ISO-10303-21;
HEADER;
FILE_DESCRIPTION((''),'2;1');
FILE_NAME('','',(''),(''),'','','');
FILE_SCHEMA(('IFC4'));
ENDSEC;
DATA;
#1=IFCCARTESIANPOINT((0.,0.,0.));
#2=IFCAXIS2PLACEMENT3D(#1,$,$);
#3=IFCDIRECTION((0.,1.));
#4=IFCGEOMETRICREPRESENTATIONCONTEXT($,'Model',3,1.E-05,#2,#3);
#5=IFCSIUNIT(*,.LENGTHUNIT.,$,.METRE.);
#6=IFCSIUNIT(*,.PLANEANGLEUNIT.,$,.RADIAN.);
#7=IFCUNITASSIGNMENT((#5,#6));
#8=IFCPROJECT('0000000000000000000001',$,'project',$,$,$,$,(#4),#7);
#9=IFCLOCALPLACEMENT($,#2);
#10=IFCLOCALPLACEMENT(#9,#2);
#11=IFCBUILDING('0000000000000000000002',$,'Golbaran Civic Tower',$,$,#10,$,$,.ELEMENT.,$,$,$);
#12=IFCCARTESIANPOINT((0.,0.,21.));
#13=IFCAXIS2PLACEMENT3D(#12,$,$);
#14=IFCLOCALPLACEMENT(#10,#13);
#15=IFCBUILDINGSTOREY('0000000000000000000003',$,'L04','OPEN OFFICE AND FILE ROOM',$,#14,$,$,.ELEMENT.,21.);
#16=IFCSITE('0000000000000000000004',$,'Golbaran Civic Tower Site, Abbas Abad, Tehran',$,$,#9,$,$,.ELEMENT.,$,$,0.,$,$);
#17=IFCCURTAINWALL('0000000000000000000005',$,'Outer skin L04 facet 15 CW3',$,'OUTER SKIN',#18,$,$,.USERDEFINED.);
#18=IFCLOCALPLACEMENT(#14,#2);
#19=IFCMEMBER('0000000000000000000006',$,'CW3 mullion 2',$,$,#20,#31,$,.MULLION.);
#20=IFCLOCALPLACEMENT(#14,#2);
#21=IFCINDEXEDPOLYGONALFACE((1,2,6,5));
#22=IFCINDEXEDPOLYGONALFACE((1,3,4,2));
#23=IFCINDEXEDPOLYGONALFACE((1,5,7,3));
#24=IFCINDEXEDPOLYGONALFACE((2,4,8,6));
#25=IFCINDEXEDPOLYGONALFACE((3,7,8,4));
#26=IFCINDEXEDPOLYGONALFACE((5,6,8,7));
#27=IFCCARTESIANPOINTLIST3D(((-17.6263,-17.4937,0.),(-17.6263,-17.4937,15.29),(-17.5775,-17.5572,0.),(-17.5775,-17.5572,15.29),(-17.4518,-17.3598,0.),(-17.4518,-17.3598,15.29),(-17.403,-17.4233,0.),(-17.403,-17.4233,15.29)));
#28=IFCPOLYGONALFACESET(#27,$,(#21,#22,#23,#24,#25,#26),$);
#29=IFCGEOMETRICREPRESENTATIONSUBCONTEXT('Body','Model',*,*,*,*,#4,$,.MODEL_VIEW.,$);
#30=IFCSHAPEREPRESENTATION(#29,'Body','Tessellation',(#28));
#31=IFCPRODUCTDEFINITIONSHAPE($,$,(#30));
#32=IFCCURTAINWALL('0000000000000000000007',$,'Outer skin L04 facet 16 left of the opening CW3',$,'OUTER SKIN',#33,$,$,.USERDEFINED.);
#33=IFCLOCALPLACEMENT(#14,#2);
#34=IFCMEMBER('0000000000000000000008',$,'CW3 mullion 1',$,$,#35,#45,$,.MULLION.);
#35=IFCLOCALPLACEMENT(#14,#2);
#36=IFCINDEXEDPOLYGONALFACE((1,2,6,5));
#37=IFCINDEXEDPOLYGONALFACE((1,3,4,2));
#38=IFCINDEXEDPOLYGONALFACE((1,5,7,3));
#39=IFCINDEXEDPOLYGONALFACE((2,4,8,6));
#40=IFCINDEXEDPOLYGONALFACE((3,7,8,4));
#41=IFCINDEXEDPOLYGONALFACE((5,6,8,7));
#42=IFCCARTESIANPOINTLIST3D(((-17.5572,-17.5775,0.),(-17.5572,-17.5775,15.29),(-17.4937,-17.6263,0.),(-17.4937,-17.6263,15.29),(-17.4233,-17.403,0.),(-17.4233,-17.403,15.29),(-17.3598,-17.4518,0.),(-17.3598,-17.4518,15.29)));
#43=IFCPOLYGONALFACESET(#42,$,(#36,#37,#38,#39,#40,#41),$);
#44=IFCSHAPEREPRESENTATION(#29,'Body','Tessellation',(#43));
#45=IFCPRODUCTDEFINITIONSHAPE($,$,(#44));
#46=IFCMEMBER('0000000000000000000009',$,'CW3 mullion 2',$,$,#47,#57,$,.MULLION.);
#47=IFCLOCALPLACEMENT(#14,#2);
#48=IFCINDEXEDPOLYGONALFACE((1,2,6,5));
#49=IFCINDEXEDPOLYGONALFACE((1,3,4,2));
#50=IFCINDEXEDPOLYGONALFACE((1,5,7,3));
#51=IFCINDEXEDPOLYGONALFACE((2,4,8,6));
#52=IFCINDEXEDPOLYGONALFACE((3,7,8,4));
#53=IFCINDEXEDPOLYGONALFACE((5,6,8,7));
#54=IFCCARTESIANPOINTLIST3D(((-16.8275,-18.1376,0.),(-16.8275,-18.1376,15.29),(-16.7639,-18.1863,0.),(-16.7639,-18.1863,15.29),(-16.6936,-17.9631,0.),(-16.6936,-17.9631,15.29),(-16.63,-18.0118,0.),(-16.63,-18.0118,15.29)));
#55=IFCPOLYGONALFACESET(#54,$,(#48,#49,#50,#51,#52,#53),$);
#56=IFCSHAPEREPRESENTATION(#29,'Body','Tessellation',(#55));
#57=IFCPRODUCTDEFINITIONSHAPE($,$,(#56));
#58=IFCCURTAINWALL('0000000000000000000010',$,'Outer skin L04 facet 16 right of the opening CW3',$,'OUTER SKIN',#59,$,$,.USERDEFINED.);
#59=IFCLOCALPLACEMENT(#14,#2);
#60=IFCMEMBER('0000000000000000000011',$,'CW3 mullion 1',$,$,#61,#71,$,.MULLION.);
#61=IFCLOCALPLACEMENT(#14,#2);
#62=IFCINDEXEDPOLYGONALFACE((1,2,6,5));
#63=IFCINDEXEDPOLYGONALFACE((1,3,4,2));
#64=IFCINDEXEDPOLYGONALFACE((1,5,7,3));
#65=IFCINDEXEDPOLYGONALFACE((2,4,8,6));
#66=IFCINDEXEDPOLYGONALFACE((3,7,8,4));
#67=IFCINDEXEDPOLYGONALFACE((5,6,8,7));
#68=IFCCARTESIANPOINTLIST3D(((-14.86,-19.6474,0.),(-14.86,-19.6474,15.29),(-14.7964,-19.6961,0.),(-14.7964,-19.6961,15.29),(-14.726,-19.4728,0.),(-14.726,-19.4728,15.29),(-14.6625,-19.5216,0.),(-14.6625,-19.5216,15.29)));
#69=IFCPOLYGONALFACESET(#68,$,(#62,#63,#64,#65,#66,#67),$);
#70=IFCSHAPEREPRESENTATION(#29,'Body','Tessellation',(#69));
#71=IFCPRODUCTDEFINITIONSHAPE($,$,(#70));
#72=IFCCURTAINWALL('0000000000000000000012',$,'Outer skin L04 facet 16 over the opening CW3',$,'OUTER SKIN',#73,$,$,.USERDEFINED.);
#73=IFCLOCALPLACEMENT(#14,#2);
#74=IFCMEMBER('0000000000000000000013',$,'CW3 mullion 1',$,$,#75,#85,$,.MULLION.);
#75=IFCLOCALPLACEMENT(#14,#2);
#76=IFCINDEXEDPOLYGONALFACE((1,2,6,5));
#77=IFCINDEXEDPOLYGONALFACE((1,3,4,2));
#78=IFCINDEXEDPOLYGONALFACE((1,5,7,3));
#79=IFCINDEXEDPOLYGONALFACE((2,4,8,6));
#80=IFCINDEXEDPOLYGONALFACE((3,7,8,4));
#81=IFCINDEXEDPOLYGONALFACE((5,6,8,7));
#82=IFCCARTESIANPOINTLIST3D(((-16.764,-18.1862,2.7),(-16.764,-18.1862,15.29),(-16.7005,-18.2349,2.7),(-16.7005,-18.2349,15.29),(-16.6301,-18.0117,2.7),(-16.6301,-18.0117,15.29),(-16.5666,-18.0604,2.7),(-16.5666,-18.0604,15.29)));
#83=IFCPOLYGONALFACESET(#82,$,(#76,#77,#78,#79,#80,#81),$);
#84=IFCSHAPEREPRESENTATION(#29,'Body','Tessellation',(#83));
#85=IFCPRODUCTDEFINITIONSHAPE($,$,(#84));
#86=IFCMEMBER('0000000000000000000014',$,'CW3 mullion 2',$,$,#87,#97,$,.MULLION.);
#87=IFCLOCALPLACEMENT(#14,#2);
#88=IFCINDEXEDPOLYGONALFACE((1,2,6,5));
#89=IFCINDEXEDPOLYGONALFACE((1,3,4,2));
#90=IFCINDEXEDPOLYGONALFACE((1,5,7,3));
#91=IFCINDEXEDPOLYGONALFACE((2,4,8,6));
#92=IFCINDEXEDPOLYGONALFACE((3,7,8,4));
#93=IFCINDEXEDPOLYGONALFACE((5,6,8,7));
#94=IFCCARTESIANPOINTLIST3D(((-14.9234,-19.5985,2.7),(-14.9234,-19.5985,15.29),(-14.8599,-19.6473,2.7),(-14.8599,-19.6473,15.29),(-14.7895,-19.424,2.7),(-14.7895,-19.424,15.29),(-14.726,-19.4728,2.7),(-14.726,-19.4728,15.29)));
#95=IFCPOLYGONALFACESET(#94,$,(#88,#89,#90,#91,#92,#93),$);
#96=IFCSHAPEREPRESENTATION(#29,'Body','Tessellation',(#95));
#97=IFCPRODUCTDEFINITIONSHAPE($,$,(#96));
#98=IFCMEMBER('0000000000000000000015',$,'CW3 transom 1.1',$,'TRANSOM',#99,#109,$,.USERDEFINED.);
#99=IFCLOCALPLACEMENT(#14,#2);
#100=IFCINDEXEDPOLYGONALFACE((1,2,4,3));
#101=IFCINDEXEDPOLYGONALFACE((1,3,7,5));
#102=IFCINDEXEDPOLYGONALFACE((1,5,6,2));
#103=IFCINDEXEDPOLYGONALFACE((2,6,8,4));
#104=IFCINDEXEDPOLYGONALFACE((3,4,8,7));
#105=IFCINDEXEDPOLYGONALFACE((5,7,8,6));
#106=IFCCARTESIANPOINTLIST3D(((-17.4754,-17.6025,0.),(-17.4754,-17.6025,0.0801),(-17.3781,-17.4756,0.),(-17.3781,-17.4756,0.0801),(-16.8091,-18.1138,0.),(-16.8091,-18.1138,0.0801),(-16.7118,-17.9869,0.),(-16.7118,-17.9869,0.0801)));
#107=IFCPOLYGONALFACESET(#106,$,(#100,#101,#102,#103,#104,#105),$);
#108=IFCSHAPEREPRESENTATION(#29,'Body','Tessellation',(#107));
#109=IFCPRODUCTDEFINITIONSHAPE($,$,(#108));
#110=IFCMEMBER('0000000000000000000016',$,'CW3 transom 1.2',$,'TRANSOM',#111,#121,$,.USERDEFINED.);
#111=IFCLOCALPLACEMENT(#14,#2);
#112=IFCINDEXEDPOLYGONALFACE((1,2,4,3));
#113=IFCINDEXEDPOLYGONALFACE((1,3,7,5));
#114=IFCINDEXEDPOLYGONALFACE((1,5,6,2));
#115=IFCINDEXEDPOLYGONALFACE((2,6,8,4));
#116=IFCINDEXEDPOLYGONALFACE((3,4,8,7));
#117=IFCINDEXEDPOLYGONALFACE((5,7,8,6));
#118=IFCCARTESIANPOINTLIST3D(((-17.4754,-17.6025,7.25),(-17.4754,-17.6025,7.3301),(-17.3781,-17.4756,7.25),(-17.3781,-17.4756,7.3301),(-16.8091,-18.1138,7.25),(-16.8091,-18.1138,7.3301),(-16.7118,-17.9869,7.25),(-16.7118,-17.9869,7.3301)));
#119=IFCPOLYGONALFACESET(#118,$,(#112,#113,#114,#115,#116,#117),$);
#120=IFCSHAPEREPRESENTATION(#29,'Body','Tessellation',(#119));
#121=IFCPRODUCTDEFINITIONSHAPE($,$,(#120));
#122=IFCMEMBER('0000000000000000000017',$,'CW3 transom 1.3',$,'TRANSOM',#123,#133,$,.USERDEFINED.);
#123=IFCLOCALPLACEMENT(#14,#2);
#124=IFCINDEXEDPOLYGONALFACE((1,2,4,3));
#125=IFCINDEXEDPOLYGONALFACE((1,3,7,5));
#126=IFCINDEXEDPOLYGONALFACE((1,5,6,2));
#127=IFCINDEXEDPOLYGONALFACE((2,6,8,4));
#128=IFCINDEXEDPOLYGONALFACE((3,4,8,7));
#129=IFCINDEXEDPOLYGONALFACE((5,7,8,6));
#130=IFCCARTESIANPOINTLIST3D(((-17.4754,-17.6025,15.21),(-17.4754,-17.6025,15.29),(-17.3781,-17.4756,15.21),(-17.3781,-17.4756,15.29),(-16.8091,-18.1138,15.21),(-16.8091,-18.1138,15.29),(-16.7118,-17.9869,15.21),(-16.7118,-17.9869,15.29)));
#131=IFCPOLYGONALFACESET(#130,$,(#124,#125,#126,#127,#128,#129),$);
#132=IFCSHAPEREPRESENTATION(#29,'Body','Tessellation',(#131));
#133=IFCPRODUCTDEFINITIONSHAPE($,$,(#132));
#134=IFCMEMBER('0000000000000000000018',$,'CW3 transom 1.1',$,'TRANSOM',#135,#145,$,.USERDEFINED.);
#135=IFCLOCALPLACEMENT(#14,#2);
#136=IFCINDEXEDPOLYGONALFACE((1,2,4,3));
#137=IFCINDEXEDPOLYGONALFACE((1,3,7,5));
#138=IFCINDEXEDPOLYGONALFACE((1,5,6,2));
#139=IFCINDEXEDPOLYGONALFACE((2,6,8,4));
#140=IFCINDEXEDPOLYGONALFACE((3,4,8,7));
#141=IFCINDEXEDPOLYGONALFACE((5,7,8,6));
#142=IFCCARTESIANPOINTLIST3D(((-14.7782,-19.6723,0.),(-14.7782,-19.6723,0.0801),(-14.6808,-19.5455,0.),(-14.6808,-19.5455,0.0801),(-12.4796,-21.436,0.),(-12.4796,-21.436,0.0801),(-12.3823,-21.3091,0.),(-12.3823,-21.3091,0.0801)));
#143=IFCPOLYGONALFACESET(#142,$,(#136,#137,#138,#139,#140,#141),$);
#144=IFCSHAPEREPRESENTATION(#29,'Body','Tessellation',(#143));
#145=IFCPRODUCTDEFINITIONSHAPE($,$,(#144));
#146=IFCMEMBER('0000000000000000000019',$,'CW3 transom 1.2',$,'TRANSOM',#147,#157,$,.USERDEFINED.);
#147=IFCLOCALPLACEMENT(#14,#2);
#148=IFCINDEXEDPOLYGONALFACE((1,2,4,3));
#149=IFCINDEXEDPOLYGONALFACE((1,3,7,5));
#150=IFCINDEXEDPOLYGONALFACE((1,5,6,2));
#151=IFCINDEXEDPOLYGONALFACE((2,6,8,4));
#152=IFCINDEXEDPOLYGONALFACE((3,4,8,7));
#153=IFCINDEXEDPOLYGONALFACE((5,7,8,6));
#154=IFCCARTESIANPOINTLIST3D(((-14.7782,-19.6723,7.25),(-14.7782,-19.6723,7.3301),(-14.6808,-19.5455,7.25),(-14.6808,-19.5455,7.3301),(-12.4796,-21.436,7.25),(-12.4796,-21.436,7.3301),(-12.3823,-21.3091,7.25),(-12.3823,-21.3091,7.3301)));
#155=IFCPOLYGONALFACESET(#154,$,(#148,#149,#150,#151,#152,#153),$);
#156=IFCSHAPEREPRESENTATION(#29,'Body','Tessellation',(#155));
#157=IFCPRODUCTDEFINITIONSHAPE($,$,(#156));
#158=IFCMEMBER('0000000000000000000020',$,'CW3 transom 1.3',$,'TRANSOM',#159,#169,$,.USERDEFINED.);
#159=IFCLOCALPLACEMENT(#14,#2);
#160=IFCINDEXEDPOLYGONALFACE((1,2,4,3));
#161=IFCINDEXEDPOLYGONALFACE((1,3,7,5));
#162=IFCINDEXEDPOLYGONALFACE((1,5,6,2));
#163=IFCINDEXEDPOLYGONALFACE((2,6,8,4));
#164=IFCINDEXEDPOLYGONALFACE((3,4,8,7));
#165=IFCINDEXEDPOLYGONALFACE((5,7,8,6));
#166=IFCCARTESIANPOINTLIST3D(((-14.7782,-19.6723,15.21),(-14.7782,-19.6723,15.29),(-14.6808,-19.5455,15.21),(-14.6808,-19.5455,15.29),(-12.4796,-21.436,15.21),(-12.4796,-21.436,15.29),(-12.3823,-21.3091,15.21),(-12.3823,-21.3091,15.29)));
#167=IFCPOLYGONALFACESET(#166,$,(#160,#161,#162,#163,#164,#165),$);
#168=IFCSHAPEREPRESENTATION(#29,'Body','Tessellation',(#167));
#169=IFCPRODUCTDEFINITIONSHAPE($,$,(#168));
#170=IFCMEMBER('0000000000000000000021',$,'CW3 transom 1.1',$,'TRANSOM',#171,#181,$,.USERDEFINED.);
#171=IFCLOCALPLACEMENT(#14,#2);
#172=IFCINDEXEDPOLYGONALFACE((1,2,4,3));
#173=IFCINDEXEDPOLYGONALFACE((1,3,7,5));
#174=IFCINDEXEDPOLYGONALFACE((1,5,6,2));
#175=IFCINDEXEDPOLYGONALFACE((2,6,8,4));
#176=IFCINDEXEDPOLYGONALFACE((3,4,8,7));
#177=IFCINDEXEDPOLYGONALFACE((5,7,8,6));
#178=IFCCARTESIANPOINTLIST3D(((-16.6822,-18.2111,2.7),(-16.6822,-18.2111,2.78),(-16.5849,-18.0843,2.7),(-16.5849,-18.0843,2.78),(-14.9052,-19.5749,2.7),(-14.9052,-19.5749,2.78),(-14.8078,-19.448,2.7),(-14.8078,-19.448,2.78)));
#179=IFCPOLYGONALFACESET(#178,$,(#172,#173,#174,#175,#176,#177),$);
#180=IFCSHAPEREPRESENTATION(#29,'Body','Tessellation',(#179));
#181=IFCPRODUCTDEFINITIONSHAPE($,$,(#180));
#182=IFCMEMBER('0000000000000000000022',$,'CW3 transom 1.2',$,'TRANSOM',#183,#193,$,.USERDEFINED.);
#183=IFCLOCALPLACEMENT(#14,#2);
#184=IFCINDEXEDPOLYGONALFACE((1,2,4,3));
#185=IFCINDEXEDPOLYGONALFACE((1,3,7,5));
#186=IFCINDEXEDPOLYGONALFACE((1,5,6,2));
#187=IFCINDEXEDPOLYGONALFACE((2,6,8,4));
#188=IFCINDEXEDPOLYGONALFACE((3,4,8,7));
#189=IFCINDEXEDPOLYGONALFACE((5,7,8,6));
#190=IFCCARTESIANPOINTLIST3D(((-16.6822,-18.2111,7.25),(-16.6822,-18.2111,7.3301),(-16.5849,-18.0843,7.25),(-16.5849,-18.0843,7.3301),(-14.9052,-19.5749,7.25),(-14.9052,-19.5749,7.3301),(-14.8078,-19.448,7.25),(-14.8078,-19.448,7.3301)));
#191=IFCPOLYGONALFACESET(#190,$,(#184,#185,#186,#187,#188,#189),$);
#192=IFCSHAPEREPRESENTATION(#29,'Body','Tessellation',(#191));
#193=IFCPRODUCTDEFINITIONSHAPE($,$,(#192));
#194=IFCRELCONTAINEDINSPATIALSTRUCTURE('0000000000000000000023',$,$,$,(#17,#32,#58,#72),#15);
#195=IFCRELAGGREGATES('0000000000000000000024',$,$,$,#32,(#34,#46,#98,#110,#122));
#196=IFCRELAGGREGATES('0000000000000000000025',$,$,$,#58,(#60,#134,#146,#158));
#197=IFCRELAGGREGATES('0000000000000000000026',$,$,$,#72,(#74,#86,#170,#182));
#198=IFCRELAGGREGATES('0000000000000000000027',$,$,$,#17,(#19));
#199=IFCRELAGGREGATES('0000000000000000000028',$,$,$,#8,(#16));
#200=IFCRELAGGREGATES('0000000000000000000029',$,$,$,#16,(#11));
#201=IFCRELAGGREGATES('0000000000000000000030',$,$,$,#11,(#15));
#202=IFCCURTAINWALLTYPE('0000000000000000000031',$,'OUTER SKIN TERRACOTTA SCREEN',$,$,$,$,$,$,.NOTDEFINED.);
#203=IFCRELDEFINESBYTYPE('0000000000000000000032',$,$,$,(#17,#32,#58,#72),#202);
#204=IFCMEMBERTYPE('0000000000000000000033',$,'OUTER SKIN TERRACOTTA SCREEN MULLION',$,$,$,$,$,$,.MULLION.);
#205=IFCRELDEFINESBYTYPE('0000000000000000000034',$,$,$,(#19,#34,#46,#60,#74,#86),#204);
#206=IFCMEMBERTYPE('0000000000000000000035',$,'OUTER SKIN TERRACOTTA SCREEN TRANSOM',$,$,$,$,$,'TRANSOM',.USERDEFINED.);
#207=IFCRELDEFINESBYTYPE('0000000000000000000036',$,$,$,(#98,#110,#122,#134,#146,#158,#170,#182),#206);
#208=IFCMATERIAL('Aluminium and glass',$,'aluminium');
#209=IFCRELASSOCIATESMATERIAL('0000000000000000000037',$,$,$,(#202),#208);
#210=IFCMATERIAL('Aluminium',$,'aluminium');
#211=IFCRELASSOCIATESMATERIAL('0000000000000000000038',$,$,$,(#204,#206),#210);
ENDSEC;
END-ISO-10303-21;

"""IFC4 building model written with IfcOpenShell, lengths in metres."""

from ifc_helpers import new_model, si_unit, direction, frame, origin, origin_2d, place, context, subcontext, project, spatial, rectangle, extrude, material, material_profile, profile_set, type_object, element, aggregate, save


model = new_model("IFC4")

# Units and contexts
model_context = context("Model", 3, precision=1e-05, world=origin(), true_north=direction((0.0, 1.0)))
body_context = subcontext(model_context, "Body", "Model", "MODEL_VIEW")
ifc_project = project(units=[si_unit("LENGTHUNIT", "METRE"), si_unit("PLANEANGLEUNIT", "RADIAN")], contexts=[model_context])

# Site, building, storey
site_placement = place(None, origin())
site = spatial("IfcSite", under=ifc_project, at=site_placement, Name="Golbaran Civic Tower Site, Abbas Abad, Tehran", CompositionType="ELEMENT", RefElevation=0.0)
building_placement = place(site_placement, origin())
building = spatial("IfcBuilding", under=site, at=building_placement, Name="Golbaran Civic Tower", CompositionType="ELEMENT")
storey_placement = place(building_placement, frame((0.0, 0.0, 21.0)))
storey = spatial("IfcBuildingStorey", under=building, at=storey_placement, Name="L04", Description="OPEN OFFICE AND FILE ROOM", CompositionType="ELEMENT", Elevation=21.0)

# Curtain wall, member
ifc_material_1 = material(Name="Aluminium and glass", Category="aluminium")
curtain_wall_type = type_object("IfcCurtainWallType", Name="OUTER SKIN TERRACOTTA SCREEN", PredefinedType="NOTDEFINED", material=ifc_material_1)
curtain_wall_1_placement = place(storey_placement, origin())
curtain_wall_1 = element("IfcCurtainWall", 1, at=curtain_wall_1_placement, inside=storey, type_object=curtain_wall_type, Name="Outer skin L04 facet 15 CW3", ObjectType="OUTER SKIN", PredefinedType="USERDEFINED")
ifc_material_2 = material(Name="Aluminium", Category="aluminium")
ifc_material_profile_1 = material_profile(ifc_material_2, rectangle(XDim=0.22, YDim=0.0801, at=origin_2d()), Name="OUTER SKIN TERRACOTTA SCREEN MULLION")
ifc_profile_set_1 = profile_set([ifc_material_profile_1], Name="Aluminium")
member_type_1 = type_object("IfcMemberType", Name="OUTER SKIN TERRACOTTA SCREEN MULLION", PredefinedType="MULLION", material=ifc_profile_set_1)
member_1_placement = place(storey_placement, frame((-17.5146, -17.4585, 0.0), z_axis=(0.0, 0.0, 1.0), x_axis=(0.793353, 0.608761, 0.0)))
member_1 = element("IfcMember", 2, at=member_1_placement, type_object=member_type_1, Name="CW3 mullion 2", PredefinedType="MULLION", context=body_context, shape_type="SweptSolid", body=[
    extrude(rectangle(XDim=0.22, YDim=0.0801, at=origin_2d()), origin(), (0.0, 0.0, 1.0), 15.29),
])

# Curtain wall, members
curtain_wall_2_placement = place(storey_placement, origin())
curtain_wall_2 = element("IfcCurtainWall", 3, at=curtain_wall_2_placement, inside=storey, type_object=curtain_wall_type, Name="Outer skin L04 facet 16 left of the opening CW3", ObjectType="OUTER SKIN", PredefinedType="USERDEFINED")
member_2_placement = place(storey_placement, frame((-17.4585, -17.5146, 0.0), z_axis=(0.0, 0.0, 1.0), x_axis=(0.608761, 0.793353, 0.0)))
member_2 = element("IfcMember", 4, at=member_2_placement, type_object=member_type_1, Name="CW3 mullion 1", PredefinedType="MULLION", context=body_context, shape_type="SweptSolid", body=[
    extrude(rectangle(XDim=0.22, YDim=0.0801, at=origin_2d()), origin(), (0.0, 0.0, 1.0), 15.29),
])
member_3_placement = place(storey_placement, frame((-16.7288, -18.0747, 0.0), z_axis=(0.0, 0.0, 1.0), x_axis=(0.608761, 0.793353, 0.0)))
member_3 = element("IfcMember", 5, at=member_3_placement, type_object=member_type_1, Name="CW3 mullion 2", PredefinedType="MULLION", context=body_context, shape_type="SweptSolid", body=[
    extrude(rectangle(XDim=0.22, YDim=0.0801, at=origin_2d()), origin(), (0.0, 0.0, 1.0), 15.29),
])

# Curtain wall, member
curtain_wall_3_placement = place(storey_placement, origin())
curtain_wall_3 = element("IfcCurtainWall", 6, at=curtain_wall_3_placement, inside=storey, type_object=curtain_wall_type, Name="Outer skin L04 facet 16 right of the opening CW3", ObjectType="OUTER SKIN", PredefinedType="USERDEFINED")
member_4_placement = place(storey_placement, frame((-14.7612, -19.5845, 0.0), z_axis=(0.0, 0.0, 1.0), x_axis=(0.608761, 0.793353, 0.0)))
member_4 = element("IfcMember", 7, at=member_4_placement, type_object=member_type_1, Name="CW3 mullion 1", PredefinedType="MULLION", context=body_context, shape_type="SweptSolid", body=[
    extrude(rectangle(XDim=0.22, YDim=0.0801, at=origin_2d()), origin(), (0.0, 0.0, 1.0), 15.29),
])

# Curtain wall, members
curtain_wall_4_placement = place(storey_placement, origin())
curtain_wall_4 = element("IfcCurtainWall", 8, at=curtain_wall_4_placement, inside=storey, type_object=curtain_wall_type, Name="Outer skin L04 facet 16 over the opening CW3", ObjectType="OUTER SKIN", PredefinedType="USERDEFINED")
member_5_placement = place(storey_placement, frame((-16.6653, -18.1233, 2.7), z_axis=(0.0, 0.0, 1.0), x_axis=(0.608761, 0.793353, 0.0)))
member_5 = element("IfcMember", 9, at=member_5_placement, type_object=member_type_1, Name="CW3 mullion 1", PredefinedType="MULLION", context=body_context, shape_type="SweptSolid", body=[
    extrude(rectangle(XDim=0.22, YDim=0.0801, at=origin_2d()), origin(), (0.0, 0.0, 1.0), 12.5901),
])
member_6_placement = place(storey_placement, frame((-14.8247, -19.5356, 2.7), z_axis=(0.0, 0.0, 1.0), x_axis=(0.608761, 0.793353, 0.0)))
member_6 = element("IfcMember", 10, at=member_6_placement, type_object=member_type_1, Name="CW3 mullion 2", PredefinedType="MULLION", context=body_context, shape_type="SweptSolid", body=[
    extrude(rectangle(XDim=0.22, YDim=0.0801, at=origin_2d()), origin(), (0.0, 0.0, 1.0), 12.5901),
])

# Members
ifc_material_profile_2 = material_profile(ifc_material_2, rectangle(XDim=0.1599, YDim=0.0801, at=origin_2d()), Name="OUTER SKIN TERRACOTTA SCREEN TRANSOM")
ifc_profile_set_2 = profile_set([ifc_material_profile_2], Name="Aluminium")
member_type_2 = type_object("IfcMemberType", Name="OUTER SKIN TERRACOTTA SCREEN TRANSOM", ElementType="TRANSOM", PredefinedType="USERDEFINED", material=ifc_profile_set_2)
member_7_placement = place(storey_placement, frame((-17.4268, -17.5391, 0.04), z_axis=(0.793358, -0.608755, 0.0), x_axis=(0.608755, 0.793358, 0.0)))
member_7 = element("IfcMember", 11, at=member_7_placement, type_object=member_type_2, Name="CW3 transom 1.1", ObjectType="TRANSOM", PredefinedType="USERDEFINED", context=body_context, shape_type="SweptSolid", body=[
    extrude(rectangle(XDim=0.1599, YDim=0.0801, at=origin_2d()), origin(), (0.0, 0.0, 1.0), 0.8398),
])
member_8_placement = place(storey_placement, frame((-17.4268, -17.5391, 7.29), z_axis=(0.793358, -0.608755, 0.0), x_axis=(0.608755, 0.793358, 0.0)))
member_8 = element("IfcMember", 12, at=member_8_placement, type_object=member_type_2, Name="CW3 transom 1.2", ObjectType="TRANSOM", PredefinedType="USERDEFINED", context=body_context, shape_type="SweptSolid", body=[
    extrude(rectangle(XDim=0.1599, YDim=0.0801, at=origin_2d()), origin(), (0.0, 0.0, 1.0), 0.8398),
])
member_9_placement = place(storey_placement, frame((-17.4268, -17.5391, 15.25), z_axis=(0.793358, -0.608755, 0.0), x_axis=(0.608755, 0.793358, 0.0)))
member_9 = element("IfcMember", 13, at=member_9_placement, type_object=member_type_2, Name="CW3 transom 1.3", ObjectType="TRANSOM", PredefinedType="USERDEFINED", context=body_context, shape_type="SweptSolid", body=[
    extrude(rectangle(XDim=0.1599, YDim=0.0801, at=origin_2d()), origin(), (0.0, 0.0, 1.0), 0.8398),
])
member_10_placement = place(storey_placement, frame((-14.7295, -19.6089, 0.04), z_axis=(0.793369, -0.608741, 0.0), x_axis=(0.608741, 0.793369, 0.0)))
member_10 = element("IfcMember", 14, at=member_10_placement, type_object=member_type_2, Name="CW3 transom 1.1", ObjectType="TRANSOM", PredefinedType="USERDEFINED", context=body_context, shape_type="SweptSolid", body=[
    extrude(rectangle(XDim=0.1599, YDim=0.0801, at=origin_2d()), origin(), (0.0, 0.0, 1.0), 2.8972),
])
member_11_placement = place(storey_placement, frame((-14.7295, -19.6089, 7.29), z_axis=(0.793369, -0.608741, 0.0), x_axis=(0.608741, 0.793369, 0.0)))
member_11 = element("IfcMember", 15, at=member_11_placement, type_object=member_type_2, Name="CW3 transom 1.2", ObjectType="TRANSOM", PredefinedType="USERDEFINED", context=body_context, shape_type="SweptSolid", body=[
    extrude(rectangle(XDim=0.1599, YDim=0.0801, at=origin_2d()), origin(), (0.0, 0.0, 1.0), 2.8972),
])
member_12_placement = place(storey_placement, frame((-14.7295, -19.6089, 15.25), z_axis=(0.793369, -0.608741, 0.0), x_axis=(0.608741, 0.793369, 0.0)))
member_12 = element("IfcMember", 16, at=member_12_placement, type_object=member_type_2, Name="CW3 transom 1.3", ObjectType="TRANSOM", PredefinedType="USERDEFINED", context=body_context, shape_type="SweptSolid", body=[
    extrude(rectangle(XDim=0.1599, YDim=0.0801, at=origin_2d()), origin(), (0.0, 0.0, 1.0), 2.8972),
])
member_13_placement = place(storey_placement, frame((-16.6335, -18.1477, 2.74), z_axis=(0.79332, -0.608804, 0.0), x_axis=(0.608804, 0.79332, 0.0)))
member_13 = element("IfcMember", 17, at=member_13_placement, type_object=member_type_2, Name="CW3 transom 1.1", ObjectType="TRANSOM", PredefinedType="USERDEFINED", context=body_context, shape_type="SweptSolid", body=[
    extrude(rectangle(XDim=0.1599, YDim=0.0801, at=origin_2d()), origin(), (0.0, 0.0, 1.0), 2.24),
])
member_14_placement = place(storey_placement, frame((-16.6335, -18.1477, 7.29), z_axis=(0.79332, -0.608804, 0.0), x_axis=(0.608804, 0.79332, 0.0)))
member_14 = element("IfcMember", 18, at=member_14_placement, type_object=member_type_2, Name="CW3 transom 1.2", ObjectType="TRANSOM", PredefinedType="USERDEFINED", context=body_context, shape_type="SweptSolid", body=[
    extrude(rectangle(XDim=0.1599, YDim=0.0801, at=origin_2d()), origin(), (0.0, 0.0, 1.0), 2.24),
])

aggregate(curtain_wall_2, [member_2, member_3, member_7, member_8, member_9])
aggregate(curtain_wall_3, [member_4, member_10, member_11, member_12])
aggregate(curtain_wall_4, [member_5, member_6, member_13, member_14])
aggregate(curtain_wall_1, [member_1])

save(model, "model.ifc")
